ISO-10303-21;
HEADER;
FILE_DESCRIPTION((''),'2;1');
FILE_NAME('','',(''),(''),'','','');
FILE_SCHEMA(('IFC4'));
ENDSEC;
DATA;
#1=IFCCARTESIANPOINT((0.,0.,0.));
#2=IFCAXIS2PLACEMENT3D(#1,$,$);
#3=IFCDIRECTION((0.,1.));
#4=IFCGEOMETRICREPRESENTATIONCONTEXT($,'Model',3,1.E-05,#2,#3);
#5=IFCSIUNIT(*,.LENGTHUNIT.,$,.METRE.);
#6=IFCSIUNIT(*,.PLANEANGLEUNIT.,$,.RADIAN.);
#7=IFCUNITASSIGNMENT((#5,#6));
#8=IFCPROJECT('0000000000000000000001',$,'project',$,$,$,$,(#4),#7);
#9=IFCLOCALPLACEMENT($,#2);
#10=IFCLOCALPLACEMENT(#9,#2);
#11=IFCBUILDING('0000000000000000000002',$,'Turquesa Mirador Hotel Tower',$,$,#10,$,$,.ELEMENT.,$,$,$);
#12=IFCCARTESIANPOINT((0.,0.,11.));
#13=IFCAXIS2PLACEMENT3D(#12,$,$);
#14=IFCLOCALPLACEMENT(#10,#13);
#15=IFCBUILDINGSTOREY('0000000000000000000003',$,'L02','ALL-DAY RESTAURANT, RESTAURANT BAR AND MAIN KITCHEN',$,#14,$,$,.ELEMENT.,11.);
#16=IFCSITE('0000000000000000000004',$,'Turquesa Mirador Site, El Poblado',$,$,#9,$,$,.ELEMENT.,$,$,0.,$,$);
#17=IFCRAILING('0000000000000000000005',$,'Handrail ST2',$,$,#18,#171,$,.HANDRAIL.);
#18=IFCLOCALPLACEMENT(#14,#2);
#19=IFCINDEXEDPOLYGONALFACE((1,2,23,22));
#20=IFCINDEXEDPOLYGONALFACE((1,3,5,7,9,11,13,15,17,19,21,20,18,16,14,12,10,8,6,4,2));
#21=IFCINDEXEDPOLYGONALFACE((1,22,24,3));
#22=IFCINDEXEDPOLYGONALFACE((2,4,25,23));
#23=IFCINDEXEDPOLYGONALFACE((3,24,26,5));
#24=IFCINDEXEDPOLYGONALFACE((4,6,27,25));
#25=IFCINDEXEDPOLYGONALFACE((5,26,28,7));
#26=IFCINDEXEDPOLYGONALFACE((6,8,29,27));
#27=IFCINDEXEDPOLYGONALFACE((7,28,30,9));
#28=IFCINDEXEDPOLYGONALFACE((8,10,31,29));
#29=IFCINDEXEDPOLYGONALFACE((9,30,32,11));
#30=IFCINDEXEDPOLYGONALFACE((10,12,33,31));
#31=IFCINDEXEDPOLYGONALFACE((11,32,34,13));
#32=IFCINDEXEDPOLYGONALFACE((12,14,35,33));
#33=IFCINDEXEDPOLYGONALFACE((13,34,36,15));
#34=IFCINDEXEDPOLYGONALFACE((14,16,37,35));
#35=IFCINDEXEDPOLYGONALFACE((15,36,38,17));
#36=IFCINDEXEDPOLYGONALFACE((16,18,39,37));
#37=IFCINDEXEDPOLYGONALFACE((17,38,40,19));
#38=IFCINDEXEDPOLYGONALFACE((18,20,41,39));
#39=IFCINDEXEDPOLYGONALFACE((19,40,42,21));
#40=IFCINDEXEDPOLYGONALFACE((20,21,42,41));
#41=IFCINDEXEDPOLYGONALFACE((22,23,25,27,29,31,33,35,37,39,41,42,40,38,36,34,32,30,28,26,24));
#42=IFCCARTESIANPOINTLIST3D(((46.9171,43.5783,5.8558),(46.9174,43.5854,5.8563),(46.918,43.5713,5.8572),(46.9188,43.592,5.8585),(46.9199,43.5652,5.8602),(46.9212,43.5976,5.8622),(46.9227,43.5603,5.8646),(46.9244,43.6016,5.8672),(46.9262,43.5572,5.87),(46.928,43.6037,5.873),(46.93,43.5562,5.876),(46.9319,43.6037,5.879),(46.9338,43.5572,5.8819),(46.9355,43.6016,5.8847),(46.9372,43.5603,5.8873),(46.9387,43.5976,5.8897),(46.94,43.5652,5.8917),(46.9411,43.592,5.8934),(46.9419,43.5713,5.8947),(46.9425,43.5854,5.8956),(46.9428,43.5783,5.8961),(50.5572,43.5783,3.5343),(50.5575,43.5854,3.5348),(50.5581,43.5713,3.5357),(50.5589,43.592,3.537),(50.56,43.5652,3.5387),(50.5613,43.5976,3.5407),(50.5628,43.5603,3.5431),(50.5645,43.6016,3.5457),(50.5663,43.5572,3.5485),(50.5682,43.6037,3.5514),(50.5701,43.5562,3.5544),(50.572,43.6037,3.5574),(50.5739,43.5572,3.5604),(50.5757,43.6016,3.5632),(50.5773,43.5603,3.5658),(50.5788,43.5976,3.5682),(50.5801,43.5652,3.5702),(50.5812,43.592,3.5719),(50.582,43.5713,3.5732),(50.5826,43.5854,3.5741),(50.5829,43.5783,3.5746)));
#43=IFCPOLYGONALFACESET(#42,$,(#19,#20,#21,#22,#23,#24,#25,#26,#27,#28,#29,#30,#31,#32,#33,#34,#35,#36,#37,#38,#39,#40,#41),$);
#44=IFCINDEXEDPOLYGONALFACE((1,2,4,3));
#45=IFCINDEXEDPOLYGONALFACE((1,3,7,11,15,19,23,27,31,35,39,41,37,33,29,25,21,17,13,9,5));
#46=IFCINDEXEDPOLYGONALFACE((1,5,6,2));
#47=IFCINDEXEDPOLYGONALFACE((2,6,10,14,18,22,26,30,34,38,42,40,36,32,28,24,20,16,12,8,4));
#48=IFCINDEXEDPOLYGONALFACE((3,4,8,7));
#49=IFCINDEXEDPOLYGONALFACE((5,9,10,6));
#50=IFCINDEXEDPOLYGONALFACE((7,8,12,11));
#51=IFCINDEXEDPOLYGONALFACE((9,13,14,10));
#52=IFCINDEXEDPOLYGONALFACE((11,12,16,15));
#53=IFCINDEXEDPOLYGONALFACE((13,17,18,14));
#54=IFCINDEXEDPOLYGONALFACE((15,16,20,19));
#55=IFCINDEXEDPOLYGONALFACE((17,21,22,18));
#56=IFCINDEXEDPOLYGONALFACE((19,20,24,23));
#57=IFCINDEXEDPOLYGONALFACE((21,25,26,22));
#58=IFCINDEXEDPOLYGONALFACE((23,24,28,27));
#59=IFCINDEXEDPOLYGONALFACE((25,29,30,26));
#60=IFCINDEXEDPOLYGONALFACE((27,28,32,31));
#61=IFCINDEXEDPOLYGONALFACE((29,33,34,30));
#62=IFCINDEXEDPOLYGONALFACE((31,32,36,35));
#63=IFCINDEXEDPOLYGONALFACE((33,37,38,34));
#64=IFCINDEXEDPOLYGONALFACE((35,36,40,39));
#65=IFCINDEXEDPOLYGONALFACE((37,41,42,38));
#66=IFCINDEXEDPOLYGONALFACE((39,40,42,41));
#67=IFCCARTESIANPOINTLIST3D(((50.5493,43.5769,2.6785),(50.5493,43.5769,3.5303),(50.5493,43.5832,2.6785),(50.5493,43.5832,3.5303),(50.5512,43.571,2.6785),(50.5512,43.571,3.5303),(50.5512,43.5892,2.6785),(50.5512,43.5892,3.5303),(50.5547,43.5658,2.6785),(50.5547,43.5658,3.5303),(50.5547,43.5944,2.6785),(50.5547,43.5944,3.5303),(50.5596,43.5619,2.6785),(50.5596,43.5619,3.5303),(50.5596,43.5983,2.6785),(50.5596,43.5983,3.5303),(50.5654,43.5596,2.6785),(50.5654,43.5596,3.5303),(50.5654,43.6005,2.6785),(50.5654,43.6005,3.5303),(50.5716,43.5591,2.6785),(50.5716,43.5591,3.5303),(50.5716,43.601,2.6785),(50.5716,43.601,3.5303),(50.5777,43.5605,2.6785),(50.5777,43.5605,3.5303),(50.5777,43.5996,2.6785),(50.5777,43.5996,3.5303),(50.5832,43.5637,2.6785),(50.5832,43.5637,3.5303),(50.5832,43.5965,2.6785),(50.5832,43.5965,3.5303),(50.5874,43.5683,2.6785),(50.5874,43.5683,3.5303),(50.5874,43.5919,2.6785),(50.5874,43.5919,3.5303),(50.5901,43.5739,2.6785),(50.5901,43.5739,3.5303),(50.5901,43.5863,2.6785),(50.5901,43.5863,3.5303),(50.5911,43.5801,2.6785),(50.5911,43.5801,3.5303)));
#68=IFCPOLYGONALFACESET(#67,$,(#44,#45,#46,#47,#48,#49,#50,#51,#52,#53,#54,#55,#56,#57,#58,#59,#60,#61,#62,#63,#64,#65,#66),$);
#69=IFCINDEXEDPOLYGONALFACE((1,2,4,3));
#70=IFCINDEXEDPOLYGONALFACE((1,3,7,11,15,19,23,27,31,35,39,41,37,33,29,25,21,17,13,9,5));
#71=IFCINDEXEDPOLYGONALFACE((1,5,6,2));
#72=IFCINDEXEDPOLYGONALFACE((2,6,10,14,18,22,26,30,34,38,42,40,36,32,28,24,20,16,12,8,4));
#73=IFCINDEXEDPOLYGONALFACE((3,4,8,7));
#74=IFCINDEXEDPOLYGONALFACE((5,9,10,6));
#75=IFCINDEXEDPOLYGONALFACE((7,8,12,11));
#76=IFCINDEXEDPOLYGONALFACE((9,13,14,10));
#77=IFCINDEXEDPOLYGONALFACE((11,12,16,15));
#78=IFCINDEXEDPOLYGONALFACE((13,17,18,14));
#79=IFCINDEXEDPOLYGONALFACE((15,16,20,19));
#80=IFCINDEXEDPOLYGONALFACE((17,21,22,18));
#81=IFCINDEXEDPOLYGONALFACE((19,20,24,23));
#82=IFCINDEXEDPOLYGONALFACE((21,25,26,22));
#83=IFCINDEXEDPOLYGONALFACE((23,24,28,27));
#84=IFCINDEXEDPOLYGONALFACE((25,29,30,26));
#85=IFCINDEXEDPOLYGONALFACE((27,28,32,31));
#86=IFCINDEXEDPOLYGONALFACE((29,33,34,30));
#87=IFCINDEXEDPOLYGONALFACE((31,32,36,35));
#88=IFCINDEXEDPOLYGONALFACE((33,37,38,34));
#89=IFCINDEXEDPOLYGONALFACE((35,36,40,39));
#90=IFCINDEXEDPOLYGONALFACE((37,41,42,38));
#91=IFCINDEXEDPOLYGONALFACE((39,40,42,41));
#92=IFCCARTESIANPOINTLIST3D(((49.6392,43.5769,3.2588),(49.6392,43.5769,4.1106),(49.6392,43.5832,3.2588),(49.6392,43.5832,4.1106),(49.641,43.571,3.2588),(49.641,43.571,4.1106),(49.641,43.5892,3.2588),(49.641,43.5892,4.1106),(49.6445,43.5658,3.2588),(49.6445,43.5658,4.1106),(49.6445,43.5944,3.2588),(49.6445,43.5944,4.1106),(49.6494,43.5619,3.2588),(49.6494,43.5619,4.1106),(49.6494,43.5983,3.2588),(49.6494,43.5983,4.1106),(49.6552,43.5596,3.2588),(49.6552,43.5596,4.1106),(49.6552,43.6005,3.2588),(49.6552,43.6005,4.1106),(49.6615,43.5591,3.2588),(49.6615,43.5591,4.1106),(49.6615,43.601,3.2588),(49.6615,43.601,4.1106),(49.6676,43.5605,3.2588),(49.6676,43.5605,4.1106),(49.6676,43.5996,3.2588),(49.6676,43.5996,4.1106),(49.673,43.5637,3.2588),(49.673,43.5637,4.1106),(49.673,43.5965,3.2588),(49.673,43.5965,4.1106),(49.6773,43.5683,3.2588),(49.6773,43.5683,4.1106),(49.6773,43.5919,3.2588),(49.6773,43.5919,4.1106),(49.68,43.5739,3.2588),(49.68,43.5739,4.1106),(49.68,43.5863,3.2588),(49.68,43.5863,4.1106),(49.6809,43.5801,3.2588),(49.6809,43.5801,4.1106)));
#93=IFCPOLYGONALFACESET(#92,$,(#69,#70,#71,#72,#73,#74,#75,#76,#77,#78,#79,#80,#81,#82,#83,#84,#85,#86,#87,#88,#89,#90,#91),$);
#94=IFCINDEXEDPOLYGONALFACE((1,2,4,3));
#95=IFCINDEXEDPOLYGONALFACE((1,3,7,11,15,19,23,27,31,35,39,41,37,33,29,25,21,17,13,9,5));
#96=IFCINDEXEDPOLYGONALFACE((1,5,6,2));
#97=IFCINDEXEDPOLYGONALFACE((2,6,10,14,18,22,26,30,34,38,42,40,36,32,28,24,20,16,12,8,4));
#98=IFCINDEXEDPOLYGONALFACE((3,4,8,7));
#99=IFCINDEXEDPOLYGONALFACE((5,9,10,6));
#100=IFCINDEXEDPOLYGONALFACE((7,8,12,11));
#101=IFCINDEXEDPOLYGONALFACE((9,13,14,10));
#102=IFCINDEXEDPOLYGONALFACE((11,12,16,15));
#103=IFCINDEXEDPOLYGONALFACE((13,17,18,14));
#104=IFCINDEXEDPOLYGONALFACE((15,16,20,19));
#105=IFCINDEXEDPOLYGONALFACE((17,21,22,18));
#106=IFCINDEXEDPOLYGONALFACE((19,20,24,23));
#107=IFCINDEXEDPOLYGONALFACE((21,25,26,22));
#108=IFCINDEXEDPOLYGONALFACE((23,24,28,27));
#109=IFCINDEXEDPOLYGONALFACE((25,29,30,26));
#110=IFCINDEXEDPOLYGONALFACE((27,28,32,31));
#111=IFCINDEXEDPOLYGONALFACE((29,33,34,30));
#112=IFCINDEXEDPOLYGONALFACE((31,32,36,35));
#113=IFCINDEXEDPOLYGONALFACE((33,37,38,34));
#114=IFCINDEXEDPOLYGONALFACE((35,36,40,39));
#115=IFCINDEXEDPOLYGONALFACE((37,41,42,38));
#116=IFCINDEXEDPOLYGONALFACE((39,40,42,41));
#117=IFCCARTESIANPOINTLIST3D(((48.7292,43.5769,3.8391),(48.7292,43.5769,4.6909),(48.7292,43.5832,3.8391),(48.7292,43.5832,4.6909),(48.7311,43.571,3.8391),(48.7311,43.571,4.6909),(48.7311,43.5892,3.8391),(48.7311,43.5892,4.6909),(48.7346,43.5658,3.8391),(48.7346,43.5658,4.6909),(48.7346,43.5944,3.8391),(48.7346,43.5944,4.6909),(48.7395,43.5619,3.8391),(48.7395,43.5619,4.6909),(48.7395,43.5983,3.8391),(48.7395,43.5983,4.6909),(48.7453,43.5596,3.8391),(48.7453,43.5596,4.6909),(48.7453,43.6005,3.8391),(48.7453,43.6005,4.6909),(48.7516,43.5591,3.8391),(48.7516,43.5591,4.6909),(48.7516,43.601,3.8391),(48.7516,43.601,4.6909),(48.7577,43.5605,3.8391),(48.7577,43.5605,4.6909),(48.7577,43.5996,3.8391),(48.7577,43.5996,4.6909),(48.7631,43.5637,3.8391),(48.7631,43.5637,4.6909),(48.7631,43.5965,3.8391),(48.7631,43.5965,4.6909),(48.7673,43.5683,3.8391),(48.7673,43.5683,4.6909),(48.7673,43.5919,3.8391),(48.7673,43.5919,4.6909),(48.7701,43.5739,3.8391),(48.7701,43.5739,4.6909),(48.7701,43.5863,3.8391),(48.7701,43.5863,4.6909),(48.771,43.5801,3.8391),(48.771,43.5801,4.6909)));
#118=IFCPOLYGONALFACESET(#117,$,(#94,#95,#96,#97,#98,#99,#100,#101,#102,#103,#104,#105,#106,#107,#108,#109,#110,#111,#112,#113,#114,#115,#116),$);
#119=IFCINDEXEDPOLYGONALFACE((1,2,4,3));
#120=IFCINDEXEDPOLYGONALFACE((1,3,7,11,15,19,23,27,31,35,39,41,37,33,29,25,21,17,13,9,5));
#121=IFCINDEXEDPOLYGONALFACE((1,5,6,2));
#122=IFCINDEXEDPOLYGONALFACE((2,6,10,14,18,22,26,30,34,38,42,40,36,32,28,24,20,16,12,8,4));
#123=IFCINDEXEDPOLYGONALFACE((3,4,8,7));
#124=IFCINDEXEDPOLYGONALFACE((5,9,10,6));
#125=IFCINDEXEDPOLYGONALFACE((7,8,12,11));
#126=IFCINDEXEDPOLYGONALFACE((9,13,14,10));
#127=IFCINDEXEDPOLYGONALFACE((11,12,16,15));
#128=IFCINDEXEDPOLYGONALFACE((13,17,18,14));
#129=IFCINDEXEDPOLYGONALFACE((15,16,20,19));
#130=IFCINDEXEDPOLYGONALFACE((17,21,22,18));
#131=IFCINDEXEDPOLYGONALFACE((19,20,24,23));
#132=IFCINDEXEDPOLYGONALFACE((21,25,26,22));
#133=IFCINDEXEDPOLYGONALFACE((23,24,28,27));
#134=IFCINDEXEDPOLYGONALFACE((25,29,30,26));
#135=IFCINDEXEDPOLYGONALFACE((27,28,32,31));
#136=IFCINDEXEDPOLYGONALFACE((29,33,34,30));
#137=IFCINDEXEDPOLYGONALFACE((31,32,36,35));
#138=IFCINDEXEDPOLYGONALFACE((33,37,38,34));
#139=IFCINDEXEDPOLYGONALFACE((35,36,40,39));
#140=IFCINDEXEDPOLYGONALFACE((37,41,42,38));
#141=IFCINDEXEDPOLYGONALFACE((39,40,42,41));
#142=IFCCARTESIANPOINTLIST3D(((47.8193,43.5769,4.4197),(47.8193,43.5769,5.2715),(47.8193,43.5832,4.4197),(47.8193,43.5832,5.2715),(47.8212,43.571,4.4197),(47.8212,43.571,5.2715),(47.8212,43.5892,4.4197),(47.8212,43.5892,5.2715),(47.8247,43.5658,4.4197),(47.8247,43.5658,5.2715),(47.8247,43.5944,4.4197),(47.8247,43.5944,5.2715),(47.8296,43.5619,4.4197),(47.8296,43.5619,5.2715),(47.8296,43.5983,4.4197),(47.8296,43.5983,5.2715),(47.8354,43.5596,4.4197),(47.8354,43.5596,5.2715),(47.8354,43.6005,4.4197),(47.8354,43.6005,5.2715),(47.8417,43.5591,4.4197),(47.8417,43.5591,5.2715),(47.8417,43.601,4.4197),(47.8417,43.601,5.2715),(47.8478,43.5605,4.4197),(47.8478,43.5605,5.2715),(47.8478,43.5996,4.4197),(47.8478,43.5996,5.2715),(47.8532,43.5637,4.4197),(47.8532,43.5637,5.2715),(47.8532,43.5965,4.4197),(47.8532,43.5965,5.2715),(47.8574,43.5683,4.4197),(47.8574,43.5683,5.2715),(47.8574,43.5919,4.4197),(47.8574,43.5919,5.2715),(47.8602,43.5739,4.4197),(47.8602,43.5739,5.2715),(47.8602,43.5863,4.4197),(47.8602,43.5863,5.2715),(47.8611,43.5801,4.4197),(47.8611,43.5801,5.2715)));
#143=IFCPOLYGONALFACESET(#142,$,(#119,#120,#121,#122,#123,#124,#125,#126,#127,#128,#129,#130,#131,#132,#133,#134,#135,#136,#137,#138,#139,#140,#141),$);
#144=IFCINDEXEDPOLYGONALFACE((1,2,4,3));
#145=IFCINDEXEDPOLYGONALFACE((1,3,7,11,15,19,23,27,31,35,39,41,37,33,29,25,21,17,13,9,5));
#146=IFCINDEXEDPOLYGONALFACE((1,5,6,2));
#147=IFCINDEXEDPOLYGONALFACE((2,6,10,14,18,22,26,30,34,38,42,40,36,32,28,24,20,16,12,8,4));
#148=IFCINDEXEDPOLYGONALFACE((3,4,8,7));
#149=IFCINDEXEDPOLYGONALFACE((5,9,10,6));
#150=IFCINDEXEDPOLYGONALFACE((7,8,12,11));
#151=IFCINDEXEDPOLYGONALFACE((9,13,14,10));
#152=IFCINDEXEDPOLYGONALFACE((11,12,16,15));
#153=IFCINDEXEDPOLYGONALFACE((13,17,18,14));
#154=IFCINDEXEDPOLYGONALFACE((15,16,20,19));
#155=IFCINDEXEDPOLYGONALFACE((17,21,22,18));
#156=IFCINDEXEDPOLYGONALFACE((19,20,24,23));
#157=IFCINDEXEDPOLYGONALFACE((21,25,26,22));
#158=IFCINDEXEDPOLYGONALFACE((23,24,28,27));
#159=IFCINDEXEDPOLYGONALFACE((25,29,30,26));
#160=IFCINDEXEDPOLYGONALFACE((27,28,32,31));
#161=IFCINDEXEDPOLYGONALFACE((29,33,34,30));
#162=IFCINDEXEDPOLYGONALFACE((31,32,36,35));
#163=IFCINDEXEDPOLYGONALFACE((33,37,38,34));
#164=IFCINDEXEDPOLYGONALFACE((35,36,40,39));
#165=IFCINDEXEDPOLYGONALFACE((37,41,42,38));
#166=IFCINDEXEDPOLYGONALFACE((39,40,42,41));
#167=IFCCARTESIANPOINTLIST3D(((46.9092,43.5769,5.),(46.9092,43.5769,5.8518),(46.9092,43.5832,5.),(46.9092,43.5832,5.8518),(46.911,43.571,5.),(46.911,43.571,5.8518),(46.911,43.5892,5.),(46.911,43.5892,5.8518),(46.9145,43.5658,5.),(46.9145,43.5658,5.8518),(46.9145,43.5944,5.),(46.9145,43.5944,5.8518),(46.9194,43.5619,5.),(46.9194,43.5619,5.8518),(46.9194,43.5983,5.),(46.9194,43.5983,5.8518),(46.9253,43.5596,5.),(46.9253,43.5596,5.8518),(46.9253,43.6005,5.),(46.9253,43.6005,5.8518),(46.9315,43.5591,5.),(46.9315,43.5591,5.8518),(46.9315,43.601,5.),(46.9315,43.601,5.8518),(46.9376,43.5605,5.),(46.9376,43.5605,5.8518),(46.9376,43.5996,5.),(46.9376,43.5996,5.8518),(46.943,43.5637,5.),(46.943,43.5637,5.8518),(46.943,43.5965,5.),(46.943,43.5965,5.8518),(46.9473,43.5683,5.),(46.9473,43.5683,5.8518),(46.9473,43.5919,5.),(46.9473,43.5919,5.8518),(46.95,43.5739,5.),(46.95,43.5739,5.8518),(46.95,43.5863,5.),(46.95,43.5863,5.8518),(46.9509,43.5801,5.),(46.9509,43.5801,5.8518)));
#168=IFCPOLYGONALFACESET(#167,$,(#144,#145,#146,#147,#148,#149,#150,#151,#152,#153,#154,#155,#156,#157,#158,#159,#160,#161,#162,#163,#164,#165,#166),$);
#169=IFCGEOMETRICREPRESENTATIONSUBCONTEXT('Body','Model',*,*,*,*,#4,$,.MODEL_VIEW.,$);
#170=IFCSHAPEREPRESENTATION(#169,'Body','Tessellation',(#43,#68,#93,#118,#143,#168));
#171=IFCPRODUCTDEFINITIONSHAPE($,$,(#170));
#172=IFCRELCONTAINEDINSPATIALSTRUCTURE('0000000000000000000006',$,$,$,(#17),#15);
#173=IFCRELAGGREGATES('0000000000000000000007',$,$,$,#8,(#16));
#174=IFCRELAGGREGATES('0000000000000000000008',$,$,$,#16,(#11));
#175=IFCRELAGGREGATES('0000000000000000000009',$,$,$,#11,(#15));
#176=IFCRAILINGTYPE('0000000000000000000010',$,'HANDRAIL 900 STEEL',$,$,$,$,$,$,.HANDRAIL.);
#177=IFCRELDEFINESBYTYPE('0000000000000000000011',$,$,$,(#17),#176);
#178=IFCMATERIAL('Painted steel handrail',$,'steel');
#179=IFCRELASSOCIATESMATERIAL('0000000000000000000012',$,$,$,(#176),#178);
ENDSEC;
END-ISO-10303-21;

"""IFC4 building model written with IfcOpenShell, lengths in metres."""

from ifc_helpers import new_model, si_unit, direction, frame, origin, origin_2d, place, context, subcontext, project, spatial, circle, extrude, material, type_object, element, save


model = new_model("IFC4")

# Units and contexts
model_context = context("Model", 3, precision=1e-05, world=origin(), true_north=direction((0.0, 1.0)))
body_context = subcontext(model_context, "Body", "Model", "MODEL_VIEW")
ifc_project = project(units=[si_unit("LENGTHUNIT", "METRE"), si_unit("PLANEANGLEUNIT", "RADIAN")], contexts=[model_context])

# Site, building, storey
site_placement = place(None, origin())
site = spatial("IfcSite", under=ifc_project, at=site_placement, Name="Turquesa Mirador Site, El Poblado", CompositionType="ELEMENT", RefElevation=0.0)
building_placement = place(site_placement, origin())
building = spatial("IfcBuilding", under=site, at=building_placement, Name="Turquesa Mirador Hotel Tower", CompositionType="ELEMENT")
storey_placement = place(building_placement, frame((0.0, 0.0, 11.0)))
storey = spatial("IfcBuildingStorey", under=building, at=storey_placement, Name="L02", Description="ALL-DAY RESTAURANT, RESTAURANT BAR AND MAIN KITCHEN", CompositionType="ELEMENT", Elevation=11.0)

# Railing
ifc_material_1 = material(Name="Painted steel handrail", Category="steel")
railing_type = type_object("IfcRailingType", Name="HANDRAIL 900 STEEL", PredefinedType="HANDRAIL", material=ifc_material_1)
for number, where, name in (
    (1, (50.5701, 43.5801, 2.6785), "Handrail ST2"),
):
    element("IfcRailing", number, at=place(storey_placement, frame(where)), inside=storey, type_object=railing_type, Name=name, PredefinedType="HANDRAIL", context=body_context, shape_type="SweptSolid", body=[
        extrude(circle(Radius=0.0239, at=origin_2d()), frame((0.0, 0.0, 0.876), z_axis=(-0.843128, 0.0, 0.537713), x_axis=(0.0, -1.0, 0.0)), (0.0, 0.0, 1.0), 4.3174),
        extrude(circle(Radius=0.021, at=origin_2d()), origin(), (0.0, 0.0, 1.0), 0.8518),
        extrude(circle(Radius=0.021, at=origin_2d()), frame((-0.9102, 0.0, 0.5803)), (0.0, 0.0, 1.0), 0.8518),
        extrude(circle(Radius=0.021, at=origin_2d()), frame((-1.8201, 0.0, 1.1606)), (0.0, 0.0, 1.0), 0.8518),
        extrude(circle(Radius=0.021, at=origin_2d()), frame((-2.73, 0.0, 1.7412)), (0.0, 0.0, 1.0), 0.8518),
        extrude(circle(Radius=0.021, at=origin_2d()), frame((-3.6401, 0.0, 2.3215)), (0.0, 0.0, 1.0), 0.8518),
    ])

save(model, "model.ifc")
